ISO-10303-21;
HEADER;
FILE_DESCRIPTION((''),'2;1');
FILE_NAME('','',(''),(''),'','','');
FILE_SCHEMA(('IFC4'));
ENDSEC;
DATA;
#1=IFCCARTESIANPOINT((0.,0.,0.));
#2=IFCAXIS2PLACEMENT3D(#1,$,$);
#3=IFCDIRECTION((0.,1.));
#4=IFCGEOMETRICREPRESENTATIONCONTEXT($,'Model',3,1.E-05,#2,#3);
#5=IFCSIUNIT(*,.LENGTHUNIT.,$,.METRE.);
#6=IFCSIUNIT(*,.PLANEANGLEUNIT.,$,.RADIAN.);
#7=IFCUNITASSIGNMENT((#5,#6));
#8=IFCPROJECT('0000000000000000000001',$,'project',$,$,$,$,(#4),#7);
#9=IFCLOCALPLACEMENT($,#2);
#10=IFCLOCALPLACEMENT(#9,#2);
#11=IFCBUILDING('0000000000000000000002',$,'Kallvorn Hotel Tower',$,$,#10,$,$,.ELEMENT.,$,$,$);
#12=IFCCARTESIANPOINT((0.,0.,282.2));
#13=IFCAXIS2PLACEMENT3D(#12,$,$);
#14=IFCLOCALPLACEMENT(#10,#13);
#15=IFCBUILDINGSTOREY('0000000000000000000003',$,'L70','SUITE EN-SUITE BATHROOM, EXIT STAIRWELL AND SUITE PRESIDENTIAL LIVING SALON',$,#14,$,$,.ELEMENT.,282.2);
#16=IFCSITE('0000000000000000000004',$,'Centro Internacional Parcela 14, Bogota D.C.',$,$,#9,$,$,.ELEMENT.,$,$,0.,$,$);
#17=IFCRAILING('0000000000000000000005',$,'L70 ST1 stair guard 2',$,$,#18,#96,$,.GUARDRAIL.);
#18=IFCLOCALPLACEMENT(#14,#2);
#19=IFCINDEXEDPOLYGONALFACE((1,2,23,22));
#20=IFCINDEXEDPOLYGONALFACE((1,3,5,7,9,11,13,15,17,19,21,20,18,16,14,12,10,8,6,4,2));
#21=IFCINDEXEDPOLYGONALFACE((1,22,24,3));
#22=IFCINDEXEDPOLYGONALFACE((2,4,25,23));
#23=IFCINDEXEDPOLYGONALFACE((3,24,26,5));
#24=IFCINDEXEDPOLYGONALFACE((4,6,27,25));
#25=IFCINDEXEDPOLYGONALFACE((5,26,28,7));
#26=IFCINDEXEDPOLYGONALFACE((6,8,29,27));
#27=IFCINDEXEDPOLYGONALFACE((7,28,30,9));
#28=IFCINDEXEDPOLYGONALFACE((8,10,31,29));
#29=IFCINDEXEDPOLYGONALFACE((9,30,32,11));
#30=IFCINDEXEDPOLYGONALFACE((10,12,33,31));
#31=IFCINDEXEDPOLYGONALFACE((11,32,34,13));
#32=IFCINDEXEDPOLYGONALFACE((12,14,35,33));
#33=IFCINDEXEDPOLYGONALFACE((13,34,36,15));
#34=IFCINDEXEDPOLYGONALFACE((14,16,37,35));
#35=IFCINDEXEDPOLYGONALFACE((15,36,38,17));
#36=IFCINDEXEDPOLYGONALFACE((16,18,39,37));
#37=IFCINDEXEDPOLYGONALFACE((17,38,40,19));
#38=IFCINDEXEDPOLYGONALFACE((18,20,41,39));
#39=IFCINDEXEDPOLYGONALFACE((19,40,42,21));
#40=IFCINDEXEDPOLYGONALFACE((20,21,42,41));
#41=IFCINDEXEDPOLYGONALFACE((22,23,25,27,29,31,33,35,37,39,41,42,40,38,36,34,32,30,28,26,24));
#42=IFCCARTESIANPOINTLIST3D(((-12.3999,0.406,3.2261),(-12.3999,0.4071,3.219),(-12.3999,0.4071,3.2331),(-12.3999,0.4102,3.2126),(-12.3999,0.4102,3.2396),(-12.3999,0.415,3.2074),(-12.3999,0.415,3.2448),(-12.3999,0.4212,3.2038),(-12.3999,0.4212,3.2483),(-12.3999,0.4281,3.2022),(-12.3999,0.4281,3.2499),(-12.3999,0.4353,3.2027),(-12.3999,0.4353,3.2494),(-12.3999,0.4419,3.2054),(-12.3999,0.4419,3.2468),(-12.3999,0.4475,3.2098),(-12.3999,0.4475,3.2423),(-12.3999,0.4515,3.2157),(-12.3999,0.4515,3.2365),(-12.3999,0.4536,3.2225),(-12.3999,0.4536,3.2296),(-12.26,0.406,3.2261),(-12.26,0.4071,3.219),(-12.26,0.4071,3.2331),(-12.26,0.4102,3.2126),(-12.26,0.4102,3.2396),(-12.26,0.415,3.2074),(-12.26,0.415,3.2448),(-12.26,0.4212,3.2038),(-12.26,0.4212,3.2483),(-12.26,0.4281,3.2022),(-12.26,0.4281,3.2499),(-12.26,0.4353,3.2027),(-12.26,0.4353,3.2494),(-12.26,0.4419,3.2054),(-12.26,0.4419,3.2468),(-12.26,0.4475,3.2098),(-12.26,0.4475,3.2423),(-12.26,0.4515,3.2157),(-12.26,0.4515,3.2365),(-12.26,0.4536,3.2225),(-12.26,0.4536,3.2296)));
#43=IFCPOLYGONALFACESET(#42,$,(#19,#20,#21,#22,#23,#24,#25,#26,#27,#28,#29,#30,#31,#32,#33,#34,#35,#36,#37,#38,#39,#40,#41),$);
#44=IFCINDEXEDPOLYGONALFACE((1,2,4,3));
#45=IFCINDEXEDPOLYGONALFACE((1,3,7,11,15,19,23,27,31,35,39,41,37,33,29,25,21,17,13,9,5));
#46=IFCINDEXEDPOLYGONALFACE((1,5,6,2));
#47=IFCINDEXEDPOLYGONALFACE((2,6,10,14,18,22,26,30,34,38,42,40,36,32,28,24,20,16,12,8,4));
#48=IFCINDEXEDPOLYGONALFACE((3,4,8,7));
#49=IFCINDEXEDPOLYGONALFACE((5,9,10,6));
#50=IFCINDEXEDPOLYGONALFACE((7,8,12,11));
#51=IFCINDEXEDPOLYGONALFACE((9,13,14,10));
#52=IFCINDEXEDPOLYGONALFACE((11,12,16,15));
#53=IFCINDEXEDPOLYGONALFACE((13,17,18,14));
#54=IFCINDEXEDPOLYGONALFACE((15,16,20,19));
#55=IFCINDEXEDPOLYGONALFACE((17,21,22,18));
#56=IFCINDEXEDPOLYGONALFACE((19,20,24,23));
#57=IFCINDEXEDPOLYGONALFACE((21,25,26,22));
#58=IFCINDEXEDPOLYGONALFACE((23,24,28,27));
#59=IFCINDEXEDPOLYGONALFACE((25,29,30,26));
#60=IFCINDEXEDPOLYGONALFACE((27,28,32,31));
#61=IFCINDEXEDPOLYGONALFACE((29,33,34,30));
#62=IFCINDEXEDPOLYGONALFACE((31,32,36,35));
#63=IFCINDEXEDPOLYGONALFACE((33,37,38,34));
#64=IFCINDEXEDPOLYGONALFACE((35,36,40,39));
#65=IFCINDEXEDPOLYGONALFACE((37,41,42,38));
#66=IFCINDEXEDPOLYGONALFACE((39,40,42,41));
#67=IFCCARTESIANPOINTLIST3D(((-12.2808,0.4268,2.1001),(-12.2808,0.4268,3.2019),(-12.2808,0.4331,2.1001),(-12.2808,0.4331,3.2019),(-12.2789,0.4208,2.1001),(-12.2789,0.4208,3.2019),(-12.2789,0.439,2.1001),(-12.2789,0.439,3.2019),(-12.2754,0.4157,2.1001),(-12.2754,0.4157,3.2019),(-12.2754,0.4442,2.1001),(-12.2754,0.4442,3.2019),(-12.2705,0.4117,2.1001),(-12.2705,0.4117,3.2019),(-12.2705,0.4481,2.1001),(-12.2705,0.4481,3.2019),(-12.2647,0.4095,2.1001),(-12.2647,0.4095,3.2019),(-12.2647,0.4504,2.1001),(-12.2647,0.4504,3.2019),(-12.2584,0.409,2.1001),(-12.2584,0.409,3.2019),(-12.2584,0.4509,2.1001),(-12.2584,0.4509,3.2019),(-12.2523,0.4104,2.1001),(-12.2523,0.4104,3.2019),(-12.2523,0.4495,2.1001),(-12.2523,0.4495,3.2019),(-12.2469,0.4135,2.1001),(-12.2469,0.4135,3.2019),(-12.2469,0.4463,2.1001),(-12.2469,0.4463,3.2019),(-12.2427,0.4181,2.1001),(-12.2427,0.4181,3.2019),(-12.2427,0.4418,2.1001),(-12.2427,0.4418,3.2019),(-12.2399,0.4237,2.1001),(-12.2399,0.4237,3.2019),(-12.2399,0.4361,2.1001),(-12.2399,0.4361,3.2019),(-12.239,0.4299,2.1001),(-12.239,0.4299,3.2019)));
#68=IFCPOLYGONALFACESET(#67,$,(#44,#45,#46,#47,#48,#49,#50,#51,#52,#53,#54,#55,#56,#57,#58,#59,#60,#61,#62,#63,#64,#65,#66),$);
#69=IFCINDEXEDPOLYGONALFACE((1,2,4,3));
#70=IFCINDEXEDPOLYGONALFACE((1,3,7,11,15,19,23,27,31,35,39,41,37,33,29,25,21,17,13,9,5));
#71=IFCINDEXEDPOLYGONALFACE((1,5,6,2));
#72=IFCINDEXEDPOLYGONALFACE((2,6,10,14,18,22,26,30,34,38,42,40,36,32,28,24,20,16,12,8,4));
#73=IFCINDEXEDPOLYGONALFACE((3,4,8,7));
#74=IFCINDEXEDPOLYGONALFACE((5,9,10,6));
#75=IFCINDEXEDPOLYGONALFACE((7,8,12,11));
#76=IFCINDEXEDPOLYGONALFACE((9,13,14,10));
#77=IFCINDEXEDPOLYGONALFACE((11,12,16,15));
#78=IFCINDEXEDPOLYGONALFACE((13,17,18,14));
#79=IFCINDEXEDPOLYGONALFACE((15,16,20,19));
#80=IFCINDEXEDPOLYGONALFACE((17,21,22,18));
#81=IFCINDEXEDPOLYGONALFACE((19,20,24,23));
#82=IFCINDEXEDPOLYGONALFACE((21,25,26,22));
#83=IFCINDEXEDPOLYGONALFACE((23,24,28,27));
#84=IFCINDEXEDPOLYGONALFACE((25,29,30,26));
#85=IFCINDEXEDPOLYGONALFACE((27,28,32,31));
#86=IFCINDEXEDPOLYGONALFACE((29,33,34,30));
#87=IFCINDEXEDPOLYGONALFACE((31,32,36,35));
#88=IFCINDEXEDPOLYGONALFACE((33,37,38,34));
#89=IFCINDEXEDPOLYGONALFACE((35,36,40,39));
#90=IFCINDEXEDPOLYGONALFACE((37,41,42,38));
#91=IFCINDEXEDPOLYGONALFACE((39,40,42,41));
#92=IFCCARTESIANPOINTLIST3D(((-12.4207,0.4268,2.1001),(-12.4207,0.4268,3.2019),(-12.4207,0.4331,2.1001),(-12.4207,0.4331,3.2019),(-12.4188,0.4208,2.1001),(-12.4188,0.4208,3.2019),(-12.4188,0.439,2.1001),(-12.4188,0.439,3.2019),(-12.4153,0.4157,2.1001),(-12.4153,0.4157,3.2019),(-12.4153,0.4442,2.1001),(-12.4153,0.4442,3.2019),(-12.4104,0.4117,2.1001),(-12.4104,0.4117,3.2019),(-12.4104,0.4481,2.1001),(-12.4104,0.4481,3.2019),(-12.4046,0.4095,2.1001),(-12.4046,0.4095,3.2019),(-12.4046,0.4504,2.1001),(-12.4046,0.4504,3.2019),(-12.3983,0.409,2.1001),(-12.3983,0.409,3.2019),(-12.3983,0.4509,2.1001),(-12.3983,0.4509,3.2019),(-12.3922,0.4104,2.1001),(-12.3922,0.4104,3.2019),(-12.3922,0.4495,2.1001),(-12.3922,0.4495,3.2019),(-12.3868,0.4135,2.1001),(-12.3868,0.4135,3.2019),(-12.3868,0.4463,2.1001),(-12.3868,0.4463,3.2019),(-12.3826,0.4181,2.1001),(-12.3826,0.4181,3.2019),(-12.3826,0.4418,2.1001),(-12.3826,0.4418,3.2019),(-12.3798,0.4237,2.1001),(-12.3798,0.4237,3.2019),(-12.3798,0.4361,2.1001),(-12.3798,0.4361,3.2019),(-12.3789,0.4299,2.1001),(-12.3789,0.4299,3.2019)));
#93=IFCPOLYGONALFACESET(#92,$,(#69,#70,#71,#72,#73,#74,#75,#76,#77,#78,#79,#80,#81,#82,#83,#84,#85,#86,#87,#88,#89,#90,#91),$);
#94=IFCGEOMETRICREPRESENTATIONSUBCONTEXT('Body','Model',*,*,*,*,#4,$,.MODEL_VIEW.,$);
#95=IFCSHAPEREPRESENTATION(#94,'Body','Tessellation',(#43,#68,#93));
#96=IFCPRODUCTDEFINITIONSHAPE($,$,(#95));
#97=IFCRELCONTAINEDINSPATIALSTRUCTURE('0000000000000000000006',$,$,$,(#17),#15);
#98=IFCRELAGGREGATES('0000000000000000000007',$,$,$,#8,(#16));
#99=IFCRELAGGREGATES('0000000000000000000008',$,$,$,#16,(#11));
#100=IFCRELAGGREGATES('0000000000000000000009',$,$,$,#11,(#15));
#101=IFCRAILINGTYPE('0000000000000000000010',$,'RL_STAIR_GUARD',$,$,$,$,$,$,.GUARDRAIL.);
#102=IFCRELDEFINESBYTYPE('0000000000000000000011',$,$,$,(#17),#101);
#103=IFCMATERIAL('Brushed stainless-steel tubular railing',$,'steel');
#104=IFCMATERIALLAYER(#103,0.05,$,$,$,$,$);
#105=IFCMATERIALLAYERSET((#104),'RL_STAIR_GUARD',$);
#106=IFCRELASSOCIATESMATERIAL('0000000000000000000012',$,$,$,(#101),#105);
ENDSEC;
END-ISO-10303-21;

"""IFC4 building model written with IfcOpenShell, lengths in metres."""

from ifc_helpers import new_model, si_unit, direction, frame, origin, origin_2d, place, context, subcontext, project, spatial, circle, extrude, material, layer, layer_set, type_object, element, save


model = new_model("IFC4")

# Units and contexts
model_context = context("Model", 3, precision=1e-05, world=origin(), true_north=direction((0.0, 1.0)))
body_context = subcontext(model_context, "Body", "Model", "MODEL_VIEW")
ifc_project = project(units=[si_unit("LENGTHUNIT", "METRE"), si_unit("PLANEANGLEUNIT", "RADIAN")], contexts=[model_context])

# Site, building, storey
site_placement = place(None, origin())
site = spatial("IfcSite", under=ifc_project, at=site_placement, Name="Centro Internacional Parcela 14, Bogota D.C.", CompositionType="ELEMENT", RefElevation=0.0)
building_placement = place(site_placement, origin())
building = spatial("IfcBuilding", under=site, at=building_placement, Name="Kallvorn Hotel Tower", CompositionType="ELEMENT")
storey_placement = place(building_placement, frame((0.0, 0.0, 282.2)))
storey = spatial("IfcBuildingStorey", under=building, at=storey_placement, Name="L70", Description="SUITE EN-SUITE BATHROOM, EXIT STAIRWELL AND SUITE PRESIDENTIAL LIVING SALON", CompositionType="ELEMENT", Elevation=282.2)

# Railing
ifc_material_1 = material(Name="Brushed stainless-steel tubular railing", Category="steel")
ifc_layer_1 = layer(ifc_material_1, 0.05)
ifc_layer_set_1 = layer_set([ifc_layer_1], Name="RL_STAIR_GUARD")
railing_type_1 = type_object("IfcRailingType", Name="RL_STAIR_GUARD", PredefinedType="GUARDRAIL", material=ifc_layer_set_1)
railing_1_placement = place(storey_placement, frame((-12.26, 0.4299, 2.1001)))
element("IfcRailing", 1, at=railing_1_placement, inside=storey, type_object=railing_type_1, Name="L70 ST1 stair guard 2", PredefinedType="GUARDRAIL", context=body_context, shape_type="SweptSolid", body=[
    extrude(circle(Radius=0.0239, at=origin_2d()), frame((0.0, 0.0, 1.126), z_axis=(-1.0, 0.0, 0.0), x_axis=(0.0, -1.0, 0.0)), (0.0, 0.0, 1.0), 0.1399),
    extrude(circle(Radius=0.021, at=origin_2d()), origin(), (0.0, 0.0, 1.0), 1.1018),
    extrude(circle(Radius=0.021, at=origin_2d()), frame((-0.1399, 0.0, 0.0)), (0.0, 0.0, 1.0), 1.1018),
])

save(model, "model.ifc")
